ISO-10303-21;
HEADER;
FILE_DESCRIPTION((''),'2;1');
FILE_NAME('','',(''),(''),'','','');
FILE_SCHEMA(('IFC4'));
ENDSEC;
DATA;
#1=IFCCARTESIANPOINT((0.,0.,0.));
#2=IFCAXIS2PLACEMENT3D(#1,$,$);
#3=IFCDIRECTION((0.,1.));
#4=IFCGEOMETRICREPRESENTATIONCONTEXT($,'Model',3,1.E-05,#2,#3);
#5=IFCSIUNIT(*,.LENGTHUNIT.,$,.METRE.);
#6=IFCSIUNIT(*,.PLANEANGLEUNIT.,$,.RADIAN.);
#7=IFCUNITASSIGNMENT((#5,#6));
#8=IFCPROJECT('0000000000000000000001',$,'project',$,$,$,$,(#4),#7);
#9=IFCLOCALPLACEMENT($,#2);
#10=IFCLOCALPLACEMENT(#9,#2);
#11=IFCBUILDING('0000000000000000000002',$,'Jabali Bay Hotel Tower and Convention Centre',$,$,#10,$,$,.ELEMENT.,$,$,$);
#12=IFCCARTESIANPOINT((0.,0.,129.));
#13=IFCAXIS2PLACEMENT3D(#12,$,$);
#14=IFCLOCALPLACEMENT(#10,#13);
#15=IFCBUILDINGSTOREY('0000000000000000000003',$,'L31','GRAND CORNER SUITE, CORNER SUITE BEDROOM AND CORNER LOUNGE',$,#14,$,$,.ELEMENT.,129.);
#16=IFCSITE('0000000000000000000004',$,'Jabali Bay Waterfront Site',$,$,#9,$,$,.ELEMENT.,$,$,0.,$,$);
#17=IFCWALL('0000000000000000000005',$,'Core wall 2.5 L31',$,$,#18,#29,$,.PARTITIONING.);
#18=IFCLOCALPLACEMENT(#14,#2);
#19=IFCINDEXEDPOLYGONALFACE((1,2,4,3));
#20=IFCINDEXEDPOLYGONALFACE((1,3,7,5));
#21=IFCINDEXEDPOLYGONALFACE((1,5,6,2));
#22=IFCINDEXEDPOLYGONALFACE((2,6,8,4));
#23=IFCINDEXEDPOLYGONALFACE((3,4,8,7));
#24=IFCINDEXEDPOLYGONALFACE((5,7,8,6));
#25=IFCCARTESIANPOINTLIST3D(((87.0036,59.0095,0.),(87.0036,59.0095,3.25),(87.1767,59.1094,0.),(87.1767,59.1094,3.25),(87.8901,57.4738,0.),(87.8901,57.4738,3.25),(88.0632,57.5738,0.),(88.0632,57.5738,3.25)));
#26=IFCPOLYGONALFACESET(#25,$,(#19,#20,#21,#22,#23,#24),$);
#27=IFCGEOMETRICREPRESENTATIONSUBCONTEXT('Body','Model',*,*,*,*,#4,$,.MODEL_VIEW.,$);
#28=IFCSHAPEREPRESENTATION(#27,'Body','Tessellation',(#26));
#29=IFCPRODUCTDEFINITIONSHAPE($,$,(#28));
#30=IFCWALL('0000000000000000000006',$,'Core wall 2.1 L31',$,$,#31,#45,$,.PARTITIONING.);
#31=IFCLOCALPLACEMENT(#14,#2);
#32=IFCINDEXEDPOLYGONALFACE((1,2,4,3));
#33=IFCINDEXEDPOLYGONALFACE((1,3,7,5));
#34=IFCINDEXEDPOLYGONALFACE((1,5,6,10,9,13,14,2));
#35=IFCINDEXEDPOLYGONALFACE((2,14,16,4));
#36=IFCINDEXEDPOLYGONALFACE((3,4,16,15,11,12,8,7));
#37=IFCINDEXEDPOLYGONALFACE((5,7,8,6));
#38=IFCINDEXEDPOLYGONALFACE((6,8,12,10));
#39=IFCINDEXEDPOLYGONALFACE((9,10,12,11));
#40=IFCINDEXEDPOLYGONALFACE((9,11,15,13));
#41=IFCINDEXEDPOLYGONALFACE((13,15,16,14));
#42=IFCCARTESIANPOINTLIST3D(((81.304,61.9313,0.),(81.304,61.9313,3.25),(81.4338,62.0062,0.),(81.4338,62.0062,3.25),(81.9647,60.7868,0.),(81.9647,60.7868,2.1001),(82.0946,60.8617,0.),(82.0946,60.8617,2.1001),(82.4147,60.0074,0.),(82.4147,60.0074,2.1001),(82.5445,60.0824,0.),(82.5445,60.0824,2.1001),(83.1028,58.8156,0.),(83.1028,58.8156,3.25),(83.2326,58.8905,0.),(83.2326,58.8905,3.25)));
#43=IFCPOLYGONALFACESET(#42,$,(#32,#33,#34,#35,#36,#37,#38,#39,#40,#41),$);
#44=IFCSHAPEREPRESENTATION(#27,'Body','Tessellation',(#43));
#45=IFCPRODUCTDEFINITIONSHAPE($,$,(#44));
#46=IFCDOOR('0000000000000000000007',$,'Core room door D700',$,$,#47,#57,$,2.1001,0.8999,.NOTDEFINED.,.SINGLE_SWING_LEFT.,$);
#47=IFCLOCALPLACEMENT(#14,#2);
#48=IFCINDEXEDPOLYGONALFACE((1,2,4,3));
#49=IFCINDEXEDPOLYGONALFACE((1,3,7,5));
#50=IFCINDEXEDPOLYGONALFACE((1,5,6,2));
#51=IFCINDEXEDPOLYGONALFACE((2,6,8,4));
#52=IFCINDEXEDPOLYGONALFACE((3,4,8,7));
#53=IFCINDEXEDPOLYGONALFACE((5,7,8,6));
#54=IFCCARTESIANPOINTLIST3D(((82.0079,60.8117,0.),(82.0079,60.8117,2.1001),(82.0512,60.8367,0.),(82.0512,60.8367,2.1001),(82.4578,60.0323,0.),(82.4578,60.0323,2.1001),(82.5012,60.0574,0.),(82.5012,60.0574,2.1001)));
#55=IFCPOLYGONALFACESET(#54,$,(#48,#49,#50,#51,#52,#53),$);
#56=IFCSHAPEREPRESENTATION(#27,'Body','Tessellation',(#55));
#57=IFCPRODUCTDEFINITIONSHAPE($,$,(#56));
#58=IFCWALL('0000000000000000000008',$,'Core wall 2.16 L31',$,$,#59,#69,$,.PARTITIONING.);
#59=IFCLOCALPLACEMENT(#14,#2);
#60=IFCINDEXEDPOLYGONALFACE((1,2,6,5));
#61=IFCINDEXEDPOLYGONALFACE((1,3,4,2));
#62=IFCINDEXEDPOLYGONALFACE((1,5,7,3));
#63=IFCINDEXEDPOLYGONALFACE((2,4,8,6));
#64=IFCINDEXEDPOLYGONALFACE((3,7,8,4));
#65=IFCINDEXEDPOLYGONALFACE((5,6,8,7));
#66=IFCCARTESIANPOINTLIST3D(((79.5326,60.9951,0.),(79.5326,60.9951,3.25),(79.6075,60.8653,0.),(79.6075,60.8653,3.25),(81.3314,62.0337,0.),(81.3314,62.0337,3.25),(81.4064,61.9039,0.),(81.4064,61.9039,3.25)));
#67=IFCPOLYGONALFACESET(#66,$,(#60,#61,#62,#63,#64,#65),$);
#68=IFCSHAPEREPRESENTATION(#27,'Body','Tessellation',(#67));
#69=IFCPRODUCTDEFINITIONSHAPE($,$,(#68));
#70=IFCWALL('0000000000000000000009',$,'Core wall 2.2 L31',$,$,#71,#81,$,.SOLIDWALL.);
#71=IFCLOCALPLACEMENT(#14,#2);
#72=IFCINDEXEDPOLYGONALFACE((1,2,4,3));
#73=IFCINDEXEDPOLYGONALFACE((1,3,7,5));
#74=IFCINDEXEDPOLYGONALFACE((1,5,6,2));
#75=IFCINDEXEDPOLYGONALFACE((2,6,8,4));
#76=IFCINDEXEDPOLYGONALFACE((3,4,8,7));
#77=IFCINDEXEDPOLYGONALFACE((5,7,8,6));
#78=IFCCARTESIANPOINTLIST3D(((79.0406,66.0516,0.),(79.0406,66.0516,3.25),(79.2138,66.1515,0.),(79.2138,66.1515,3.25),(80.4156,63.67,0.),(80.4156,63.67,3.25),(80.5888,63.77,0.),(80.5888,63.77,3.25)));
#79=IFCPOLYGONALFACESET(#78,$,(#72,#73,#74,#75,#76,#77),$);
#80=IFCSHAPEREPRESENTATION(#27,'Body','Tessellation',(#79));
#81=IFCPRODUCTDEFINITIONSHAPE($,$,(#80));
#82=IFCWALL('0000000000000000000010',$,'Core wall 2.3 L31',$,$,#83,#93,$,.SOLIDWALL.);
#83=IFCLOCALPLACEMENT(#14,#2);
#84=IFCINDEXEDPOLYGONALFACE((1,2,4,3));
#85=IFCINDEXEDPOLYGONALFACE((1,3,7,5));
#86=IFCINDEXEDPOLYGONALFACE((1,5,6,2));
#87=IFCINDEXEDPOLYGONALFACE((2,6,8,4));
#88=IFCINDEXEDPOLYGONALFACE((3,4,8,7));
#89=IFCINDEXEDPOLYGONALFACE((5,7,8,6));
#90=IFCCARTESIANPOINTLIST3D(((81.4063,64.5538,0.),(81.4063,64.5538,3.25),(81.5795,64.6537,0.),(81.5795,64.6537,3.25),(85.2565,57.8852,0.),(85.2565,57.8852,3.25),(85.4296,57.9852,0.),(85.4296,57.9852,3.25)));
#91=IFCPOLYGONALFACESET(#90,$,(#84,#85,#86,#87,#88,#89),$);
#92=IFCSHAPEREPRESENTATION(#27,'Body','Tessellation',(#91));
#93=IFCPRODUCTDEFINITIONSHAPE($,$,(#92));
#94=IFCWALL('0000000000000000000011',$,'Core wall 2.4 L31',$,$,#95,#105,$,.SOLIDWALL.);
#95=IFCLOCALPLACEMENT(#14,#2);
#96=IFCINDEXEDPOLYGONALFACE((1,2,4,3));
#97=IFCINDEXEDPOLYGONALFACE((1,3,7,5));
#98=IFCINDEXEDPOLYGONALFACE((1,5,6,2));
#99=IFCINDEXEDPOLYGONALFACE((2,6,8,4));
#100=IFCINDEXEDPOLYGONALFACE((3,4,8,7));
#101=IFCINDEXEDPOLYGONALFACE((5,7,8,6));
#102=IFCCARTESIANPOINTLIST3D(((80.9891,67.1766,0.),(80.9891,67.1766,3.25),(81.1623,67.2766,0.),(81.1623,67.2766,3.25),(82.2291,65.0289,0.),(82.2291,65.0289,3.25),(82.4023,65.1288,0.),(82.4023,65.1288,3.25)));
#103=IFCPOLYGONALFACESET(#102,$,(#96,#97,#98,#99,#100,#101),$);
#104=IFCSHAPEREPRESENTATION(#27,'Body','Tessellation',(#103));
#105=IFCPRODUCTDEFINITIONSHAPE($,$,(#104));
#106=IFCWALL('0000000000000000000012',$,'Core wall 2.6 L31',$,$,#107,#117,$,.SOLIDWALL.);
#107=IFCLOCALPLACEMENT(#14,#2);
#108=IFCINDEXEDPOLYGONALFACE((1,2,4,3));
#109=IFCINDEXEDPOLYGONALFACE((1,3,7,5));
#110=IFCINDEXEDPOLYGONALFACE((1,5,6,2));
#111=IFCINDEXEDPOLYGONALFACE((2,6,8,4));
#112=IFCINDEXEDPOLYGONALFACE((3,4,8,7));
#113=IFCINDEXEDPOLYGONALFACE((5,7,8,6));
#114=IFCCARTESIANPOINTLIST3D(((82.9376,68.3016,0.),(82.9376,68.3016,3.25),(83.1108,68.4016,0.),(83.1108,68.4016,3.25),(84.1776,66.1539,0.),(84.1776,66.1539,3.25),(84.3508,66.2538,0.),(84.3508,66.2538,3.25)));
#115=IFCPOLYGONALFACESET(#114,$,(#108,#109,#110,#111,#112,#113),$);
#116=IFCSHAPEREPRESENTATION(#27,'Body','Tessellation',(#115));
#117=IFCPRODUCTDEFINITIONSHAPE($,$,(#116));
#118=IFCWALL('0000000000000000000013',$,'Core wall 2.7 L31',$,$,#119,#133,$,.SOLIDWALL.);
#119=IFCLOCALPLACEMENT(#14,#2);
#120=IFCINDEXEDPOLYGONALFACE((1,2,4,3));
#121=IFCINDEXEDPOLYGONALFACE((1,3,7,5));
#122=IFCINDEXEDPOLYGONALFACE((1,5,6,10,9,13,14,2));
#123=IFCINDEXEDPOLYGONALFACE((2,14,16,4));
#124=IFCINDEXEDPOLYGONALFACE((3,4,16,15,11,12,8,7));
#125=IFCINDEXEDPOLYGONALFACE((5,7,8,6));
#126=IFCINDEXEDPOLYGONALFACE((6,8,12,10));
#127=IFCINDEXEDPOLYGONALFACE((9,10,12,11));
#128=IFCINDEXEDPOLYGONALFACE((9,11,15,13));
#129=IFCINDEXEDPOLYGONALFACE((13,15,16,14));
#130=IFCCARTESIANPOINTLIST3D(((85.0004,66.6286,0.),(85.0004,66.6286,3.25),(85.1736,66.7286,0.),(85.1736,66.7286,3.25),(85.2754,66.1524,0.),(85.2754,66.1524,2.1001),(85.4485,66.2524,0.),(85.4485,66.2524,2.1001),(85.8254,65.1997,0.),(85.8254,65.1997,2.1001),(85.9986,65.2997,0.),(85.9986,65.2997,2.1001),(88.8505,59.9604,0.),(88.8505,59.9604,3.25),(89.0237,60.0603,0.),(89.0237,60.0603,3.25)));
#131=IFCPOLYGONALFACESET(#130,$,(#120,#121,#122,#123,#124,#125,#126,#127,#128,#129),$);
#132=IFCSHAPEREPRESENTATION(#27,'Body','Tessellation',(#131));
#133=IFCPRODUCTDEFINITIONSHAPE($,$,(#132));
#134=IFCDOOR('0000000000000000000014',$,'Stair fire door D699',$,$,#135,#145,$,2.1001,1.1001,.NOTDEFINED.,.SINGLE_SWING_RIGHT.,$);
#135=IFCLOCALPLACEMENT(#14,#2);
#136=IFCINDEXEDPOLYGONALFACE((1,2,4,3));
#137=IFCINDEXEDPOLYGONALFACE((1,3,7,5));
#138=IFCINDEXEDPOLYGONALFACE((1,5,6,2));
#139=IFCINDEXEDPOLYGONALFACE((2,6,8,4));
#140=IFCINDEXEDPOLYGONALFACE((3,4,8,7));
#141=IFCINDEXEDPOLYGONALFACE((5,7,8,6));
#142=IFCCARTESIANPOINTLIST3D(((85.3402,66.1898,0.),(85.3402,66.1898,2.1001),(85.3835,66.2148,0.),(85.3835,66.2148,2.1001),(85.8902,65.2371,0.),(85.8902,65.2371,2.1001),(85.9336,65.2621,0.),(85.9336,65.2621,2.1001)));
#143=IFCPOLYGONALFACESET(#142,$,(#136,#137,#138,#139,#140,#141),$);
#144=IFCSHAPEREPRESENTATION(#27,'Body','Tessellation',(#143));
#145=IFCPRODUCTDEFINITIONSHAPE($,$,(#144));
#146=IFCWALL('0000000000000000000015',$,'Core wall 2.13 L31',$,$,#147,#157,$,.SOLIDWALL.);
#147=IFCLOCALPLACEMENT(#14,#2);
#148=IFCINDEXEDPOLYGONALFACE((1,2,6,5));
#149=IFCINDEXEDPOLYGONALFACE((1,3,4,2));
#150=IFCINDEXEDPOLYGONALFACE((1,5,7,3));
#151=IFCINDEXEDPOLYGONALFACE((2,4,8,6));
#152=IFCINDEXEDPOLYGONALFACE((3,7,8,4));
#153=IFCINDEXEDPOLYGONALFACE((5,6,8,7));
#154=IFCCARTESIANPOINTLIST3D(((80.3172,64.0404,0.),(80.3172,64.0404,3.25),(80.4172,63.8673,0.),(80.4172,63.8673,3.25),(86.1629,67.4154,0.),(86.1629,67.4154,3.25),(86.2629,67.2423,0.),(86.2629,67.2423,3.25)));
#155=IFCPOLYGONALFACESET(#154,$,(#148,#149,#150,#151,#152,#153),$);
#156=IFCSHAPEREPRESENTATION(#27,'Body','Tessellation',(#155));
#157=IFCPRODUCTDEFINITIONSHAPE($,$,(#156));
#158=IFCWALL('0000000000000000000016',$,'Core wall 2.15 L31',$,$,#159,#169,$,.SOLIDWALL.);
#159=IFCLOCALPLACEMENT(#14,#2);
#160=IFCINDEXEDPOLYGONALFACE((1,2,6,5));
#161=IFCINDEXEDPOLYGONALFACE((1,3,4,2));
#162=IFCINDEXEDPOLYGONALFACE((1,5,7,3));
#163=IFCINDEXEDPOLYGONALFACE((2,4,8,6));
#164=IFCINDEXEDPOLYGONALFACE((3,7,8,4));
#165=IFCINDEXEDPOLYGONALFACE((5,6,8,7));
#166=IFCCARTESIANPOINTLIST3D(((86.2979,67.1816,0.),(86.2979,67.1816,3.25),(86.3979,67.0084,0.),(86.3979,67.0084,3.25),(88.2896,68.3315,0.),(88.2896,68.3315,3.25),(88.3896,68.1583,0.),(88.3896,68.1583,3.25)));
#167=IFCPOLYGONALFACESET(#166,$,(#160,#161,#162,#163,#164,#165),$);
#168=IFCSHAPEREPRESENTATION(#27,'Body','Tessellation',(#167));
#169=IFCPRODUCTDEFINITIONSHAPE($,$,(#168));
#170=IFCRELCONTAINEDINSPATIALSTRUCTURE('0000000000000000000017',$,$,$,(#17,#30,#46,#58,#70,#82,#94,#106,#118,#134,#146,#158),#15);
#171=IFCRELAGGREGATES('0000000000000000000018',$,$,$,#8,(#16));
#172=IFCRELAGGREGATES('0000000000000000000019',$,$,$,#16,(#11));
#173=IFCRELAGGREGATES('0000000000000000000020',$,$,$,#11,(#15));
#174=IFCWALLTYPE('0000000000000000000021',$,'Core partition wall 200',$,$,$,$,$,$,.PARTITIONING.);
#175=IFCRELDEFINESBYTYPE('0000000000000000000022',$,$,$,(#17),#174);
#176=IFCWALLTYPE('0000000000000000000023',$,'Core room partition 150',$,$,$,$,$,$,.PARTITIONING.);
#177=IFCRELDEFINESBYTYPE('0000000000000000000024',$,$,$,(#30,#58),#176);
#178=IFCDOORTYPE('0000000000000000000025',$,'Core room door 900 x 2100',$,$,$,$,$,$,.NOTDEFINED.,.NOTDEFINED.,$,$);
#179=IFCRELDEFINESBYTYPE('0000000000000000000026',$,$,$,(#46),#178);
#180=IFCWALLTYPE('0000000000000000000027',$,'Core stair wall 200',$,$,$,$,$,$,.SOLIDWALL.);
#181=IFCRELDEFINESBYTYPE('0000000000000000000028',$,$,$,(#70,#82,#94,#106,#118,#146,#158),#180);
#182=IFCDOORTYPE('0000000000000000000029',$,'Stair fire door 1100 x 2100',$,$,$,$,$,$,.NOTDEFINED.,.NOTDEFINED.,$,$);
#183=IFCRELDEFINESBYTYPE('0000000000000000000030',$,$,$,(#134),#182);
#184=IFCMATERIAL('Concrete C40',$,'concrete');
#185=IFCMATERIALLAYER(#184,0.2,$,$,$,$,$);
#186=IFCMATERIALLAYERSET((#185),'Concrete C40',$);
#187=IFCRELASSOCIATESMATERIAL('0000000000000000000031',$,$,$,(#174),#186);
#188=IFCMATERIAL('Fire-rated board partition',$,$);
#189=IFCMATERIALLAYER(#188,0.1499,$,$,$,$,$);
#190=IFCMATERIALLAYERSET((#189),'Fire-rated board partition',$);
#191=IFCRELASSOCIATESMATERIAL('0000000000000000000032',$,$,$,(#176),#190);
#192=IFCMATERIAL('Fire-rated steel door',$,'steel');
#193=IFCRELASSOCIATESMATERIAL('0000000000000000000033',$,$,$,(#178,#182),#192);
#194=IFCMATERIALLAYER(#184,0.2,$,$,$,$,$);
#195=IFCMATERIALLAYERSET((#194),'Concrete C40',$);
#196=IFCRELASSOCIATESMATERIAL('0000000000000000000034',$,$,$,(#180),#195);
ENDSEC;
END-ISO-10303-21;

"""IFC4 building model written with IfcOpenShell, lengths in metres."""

from ifc_helpers import new_model, si_unit, direction, frame, frame_2d, origin, place, context, subcontext, project, spatial, rectangle, extrude, material, layer, layer_set, type_object, element, fill, save


model = new_model("IFC4")

# Units and contexts
model_context = context("Model", 3, precision=1e-05, world=origin(), true_north=direction((0.0, 1.0)))
body_context = subcontext(model_context, "Body", "Model", "MODEL_VIEW")
ifc_project = project(units=[si_unit("LENGTHUNIT", "METRE"), si_unit("PLANEANGLEUNIT", "RADIAN")], contexts=[model_context])

# Site, building, storey
site_placement = place(None, origin())
site = spatial("IfcSite", under=ifc_project, at=site_placement, Name="Jabali Bay Waterfront Site", CompositionType="ELEMENT", RefElevation=0.0)
building_placement = place(site_placement, origin())
building = spatial("IfcBuilding", under=site, at=building_placement, Name="Jabali Bay Hotel Tower and Convention Centre", CompositionType="ELEMENT")
storey_placement = place(building_placement, frame((0.0, 0.0, 129.0)))
storey = spatial("IfcBuildingStorey", under=building, at=storey_placement, Name="L31", Description="GRAND CORNER SUITE, CORNER SUITE BEDROOM AND CORNER LOUNGE", CompositionType="ELEMENT", Elevation=129.0)

# Wall
ifc_material_1 = material(Name="Concrete C40", Category="concrete")
ifc_layer_1 = layer(ifc_material_1, 0.2)
ifc_layer_set_1 = layer_set([ifc_layer_1], Name="Concrete C40")
wall_type_1 = type_object("IfcWallType", Name="Core partition wall 200", PredefinedType="PARTITIONING", material=ifc_layer_set_1)
wall_1_placement = place(storey_placement, frame((87.0901, 59.0596, 0.0), z_axis=(0.0, 0.0, 1.0), x_axis=(0.499945, -0.866057, 0.0)))
element("IfcWall", 1, at=wall_1_placement, inside=storey, type_object=wall_type_1, Name="Core wall 2.5 L31", PredefinedType="PARTITIONING", context=body_context, shape_type="SweptSolid", body=[
    extrude(rectangle(XDim=1.7732, YDim=0.2, at=frame_2d((0.8867, 0.0))), origin(), (0.0, 0.0, 1.0), 3.25),
])

# Wall, opening, door
ifc_material_2 = material(Name="Fire-rated board partition")
ifc_layer_2 = layer(ifc_material_2, 0.1499)
ifc_layer_set_2 = layer_set([ifc_layer_2], Name="Fire-rated board partition")
wall_type_2 = type_object("IfcWallType", Name="Core room partition 150", PredefinedType="PARTITIONING", material=ifc_layer_set_2)
wall_2_placement = place(storey_placement, frame((81.3689, 61.9688, 0.0), z_axis=(0.0, 0.0, 1.0), x_axis=(0.499993, -0.86603, 0.0)))
wall_2 = element("IfcWall", 2, at=wall_2_placement, inside=storey, type_object=wall_type_2, Name="Core wall 2.1 L31", PredefinedType="PARTITIONING", context=body_context, shape_type="SweptSolid", body=[
    extrude(rectangle(XDim=3.5977, YDim=0.1499, at=frame_2d((1.7988, 0.0))), origin(), (0.0, 0.0, 1.0), 3.25),
])
opening_1_placement = place(wall_2_placement, frame((1.3215, 0.0, 0.0)))
opening_1 = element("IfcOpeningElement", 3, at=opening_1_placement, cuts=wall_2, PredefinedType="OPENING", context=body_context, shape_type="SweptSolid", body=[
    extrude(rectangle(XDim=0.8999, YDim=2.1001, at=frame_2d((0.45, 1.05))), frame((0.0, 0.0854, 0.0), z_axis=(0.0, -1.0, 0.0), x_axis=(1.0, 0.0, 0.0)), (0.0, 0.0, 1.0), 0.1709),
])
ifc_material_3 = material(Name="Fire-rated steel door", Category="steel")
door_type_1 = type_object("IfcDoorType", Name="Core room door 900 x 2100", OperationType="NOTDEFINED", PredefinedType="NOTDEFINED", material=ifc_material_3)
door_1_placement = place(opening_1_placement, origin())
door_1 = element("IfcDoor", 4, at=door_1_placement, inside=storey, type_object=door_type_1, Name="Core room door D700", OperationType="SINGLE_SWING_LEFT", OverallHeight=2.1001, OverallWidth=0.8999, PredefinedType="NOTDEFINED", context=body_context, shape_type="SweptSolid", body=[
    extrude(rectangle(XDim=0.8999, YDim=2.1001, at=frame_2d((0.45, 1.05))), frame((0.0, 0.0249, 0.0), z_axis=(0.0, -1.0, 0.0), x_axis=(1.0, 0.0, 0.0)), (0.0, 0.0, 1.0), 0.05),
])
fill(opening_1, door_1)

# Walls
wall_3_placement = place(storey_placement, frame((79.5701, 60.9302, 0.0), z_axis=(0.0, 0.0, 1.0), x_axis=(0.866021, 0.500007, 0.0)))
element("IfcWall", 5, at=wall_3_placement, inside=storey, type_object=wall_type_2, Name="Core wall 2.16 L31", PredefinedType="PARTITIONING", context=body_context, shape_type="SweptSolid", body=[
    extrude(rectangle(XDim=2.0771, YDim=0.1499, at=frame_2d((1.0386, 0.0))), origin(), (0.0, 0.0, 1.0), 3.25),
])
ifc_layer_3 = layer(ifc_material_1, 0.2)
ifc_layer_set_3 = layer_set([ifc_layer_3], Name="Concrete C40")
wall_type_3 = type_object("IfcWallType", Name="Core stair wall 200", PredefinedType="SOLIDWALL", material=ifc_layer_set_3)
wall_4_placement = place(storey_placement, frame((79.1272, 66.1016, 0.0), z_axis=(0.0, 0.0, 1.0), x_axis=(0.499997, -0.866027, 0.0)))
element("IfcWall", 6, at=wall_4_placement, inside=storey, type_object=wall_type_3, Name="Core wall 2.2 L31", PredefinedType="SOLIDWALL", context=body_context, shape_type="SweptSolid", body=[
    extrude(rectangle(XDim=2.75, YDim=0.2, at=frame_2d((1.375, 0.0))), origin(), (0.0, 0.0, 1.0), 3.25),
])
wall_5_placement = place(storey_placement, frame((81.4929, 64.6038, 0.0), z_axis=(0.0, 0.0, 1.0), x_axis=(0.500006, -0.866022, 0.0)))
element("IfcWall", 7, at=wall_5_placement, inside=storey, type_object=wall_type_3, Name="Core wall 2.3 L31", PredefinedType="SOLIDWALL", context=body_context, shape_type="SweptSolid", body=[
    extrude(rectangle(XDim=7.7002, YDim=0.2, at=frame_2d((3.8501, 0.0))), origin(), (0.0, 0.0, 1.0), 3.25),
])
for number, where, z_axis, x_axis, name in (
    (8, (81.0757, 67.2266, 0.0), (0.0, 0.0, 1.0), (0.500004, -0.866023, 0.0), "Core wall 2.4 L31"),
    (9, (83.0242, 68.3516, 0.0), (0.0, 0.0, 1.0), (0.500004, -0.866023, 0.0), "Core wall 2.6 L31"),
):
    element("IfcWall", number, at=place(storey_placement, frame(where, z_axis=z_axis, x_axis=x_axis)), inside=storey, type_object=wall_type_3, Name=name, PredefinedType="SOLIDWALL", context=body_context, shape_type="SweptSolid", body=[
        extrude(rectangle(XDim=2.48, YDim=0.2, at=frame_2d((1.24, 0.0))), origin(), (0.0, 0.0, 1.0), 3.25),
    ])

# Wall, opening, door
wall_6_placement = place(storey_placement, frame((85.0869, 66.6787, 0.0), z_axis=(0.0, 0.0, 1.0), x_axis=(0.50002, -0.866014, 0.0)))
wall_6 = element("IfcWall", 10, at=wall_6_placement, inside=storey, type_object=wall_type_3, Name="Core wall 2.7 L31", PredefinedType="SOLIDWALL", context=body_context, shape_type="SweptSolid", body=[
    extrude(rectangle(XDim=7.7, YDim=0.2, at=frame_2d((3.8501, 0.0))), origin(), (0.0, 0.0, 1.0), 3.25),
])
opening_2_placement = place(wall_6_placement, frame((0.55, 0.0, 0.0)))
opening_2 = element("IfcOpeningElement", 11, at=opening_2_placement, cuts=wall_6, PredefinedType="OPENING", context=body_context, shape_type="SweptSolid", body=[
    extrude(rectangle(XDim=1.1001, YDim=2.1001, at=frame_2d((0.55, 1.05))), frame((0.0, 0.1104, 0.0), z_axis=(0.0, -1.0, 0.0), x_axis=(1.0, 0.0, 0.0)), (0.0, 0.0, 1.0), 0.2209),
])
door_type_2 = type_object("IfcDoorType", Name="Stair fire door 1100 x 2100", OperationType="NOTDEFINED", PredefinedType="NOTDEFINED", material=ifc_material_3)
door_2_placement = place(opening_2_placement, origin())
door_2 = element("IfcDoor", 12, at=door_2_placement, inside=storey, type_object=door_type_2, Name="Stair fire door D699", OperationType="SINGLE_SWING_RIGHT", OverallHeight=2.1001, OverallWidth=1.1001, PredefinedType="NOTDEFINED", context=body_context, shape_type="SweptSolid", body=[
    extrude(rectangle(XDim=1.1001, YDim=2.1001, at=frame_2d((0.55, 1.05))), frame((0.0, 0.0249, 0.0), z_axis=(0.0, -1.0, 0.0), x_axis=(1.0, 0.0, 0.0)), (0.0, 0.0, 1.0), 0.05),
])
fill(opening_2, door_2)

# Walls
wall_7_placement = place(storey_placement, frame((80.3672, 63.9539, 0.0), z_axis=(0.0, 0.0, 1.0), x_axis=(0.866027, 0.499998, 0.0)))
element("IfcWall", 13, at=wall_7_placement, inside=storey, type_object=wall_type_3, Name="Core wall 2.13 L31", PredefinedType="SOLIDWALL", context=body_context, shape_type="SweptSolid", body=[
    extrude(rectangle(XDim=6.75, YDim=0.2, at=frame_2d((3.375, 0.0))), origin(), (0.0, 0.0, 1.0), 3.25),
])
wall_8_placement = place(storey_placement, frame((86.3479, 67.095, 0.0), z_axis=(0.0, 0.0, 1.0), x_axis=(0.866026, 0.499998, 0.0)))
element("IfcWall", 14, at=wall_8_placement, inside=storey, type_object=wall_type_3, Name="Core wall 2.15 L31", PredefinedType="SOLIDWALL", context=body_context, shape_type="SweptSolid", body=[
    extrude(rectangle(XDim=2.2998, YDim=0.2, at=frame_2d((1.1499, 0.0))), origin(), (0.0, 0.0, 1.0), 3.25),
])

save(model, "model.ifc")
